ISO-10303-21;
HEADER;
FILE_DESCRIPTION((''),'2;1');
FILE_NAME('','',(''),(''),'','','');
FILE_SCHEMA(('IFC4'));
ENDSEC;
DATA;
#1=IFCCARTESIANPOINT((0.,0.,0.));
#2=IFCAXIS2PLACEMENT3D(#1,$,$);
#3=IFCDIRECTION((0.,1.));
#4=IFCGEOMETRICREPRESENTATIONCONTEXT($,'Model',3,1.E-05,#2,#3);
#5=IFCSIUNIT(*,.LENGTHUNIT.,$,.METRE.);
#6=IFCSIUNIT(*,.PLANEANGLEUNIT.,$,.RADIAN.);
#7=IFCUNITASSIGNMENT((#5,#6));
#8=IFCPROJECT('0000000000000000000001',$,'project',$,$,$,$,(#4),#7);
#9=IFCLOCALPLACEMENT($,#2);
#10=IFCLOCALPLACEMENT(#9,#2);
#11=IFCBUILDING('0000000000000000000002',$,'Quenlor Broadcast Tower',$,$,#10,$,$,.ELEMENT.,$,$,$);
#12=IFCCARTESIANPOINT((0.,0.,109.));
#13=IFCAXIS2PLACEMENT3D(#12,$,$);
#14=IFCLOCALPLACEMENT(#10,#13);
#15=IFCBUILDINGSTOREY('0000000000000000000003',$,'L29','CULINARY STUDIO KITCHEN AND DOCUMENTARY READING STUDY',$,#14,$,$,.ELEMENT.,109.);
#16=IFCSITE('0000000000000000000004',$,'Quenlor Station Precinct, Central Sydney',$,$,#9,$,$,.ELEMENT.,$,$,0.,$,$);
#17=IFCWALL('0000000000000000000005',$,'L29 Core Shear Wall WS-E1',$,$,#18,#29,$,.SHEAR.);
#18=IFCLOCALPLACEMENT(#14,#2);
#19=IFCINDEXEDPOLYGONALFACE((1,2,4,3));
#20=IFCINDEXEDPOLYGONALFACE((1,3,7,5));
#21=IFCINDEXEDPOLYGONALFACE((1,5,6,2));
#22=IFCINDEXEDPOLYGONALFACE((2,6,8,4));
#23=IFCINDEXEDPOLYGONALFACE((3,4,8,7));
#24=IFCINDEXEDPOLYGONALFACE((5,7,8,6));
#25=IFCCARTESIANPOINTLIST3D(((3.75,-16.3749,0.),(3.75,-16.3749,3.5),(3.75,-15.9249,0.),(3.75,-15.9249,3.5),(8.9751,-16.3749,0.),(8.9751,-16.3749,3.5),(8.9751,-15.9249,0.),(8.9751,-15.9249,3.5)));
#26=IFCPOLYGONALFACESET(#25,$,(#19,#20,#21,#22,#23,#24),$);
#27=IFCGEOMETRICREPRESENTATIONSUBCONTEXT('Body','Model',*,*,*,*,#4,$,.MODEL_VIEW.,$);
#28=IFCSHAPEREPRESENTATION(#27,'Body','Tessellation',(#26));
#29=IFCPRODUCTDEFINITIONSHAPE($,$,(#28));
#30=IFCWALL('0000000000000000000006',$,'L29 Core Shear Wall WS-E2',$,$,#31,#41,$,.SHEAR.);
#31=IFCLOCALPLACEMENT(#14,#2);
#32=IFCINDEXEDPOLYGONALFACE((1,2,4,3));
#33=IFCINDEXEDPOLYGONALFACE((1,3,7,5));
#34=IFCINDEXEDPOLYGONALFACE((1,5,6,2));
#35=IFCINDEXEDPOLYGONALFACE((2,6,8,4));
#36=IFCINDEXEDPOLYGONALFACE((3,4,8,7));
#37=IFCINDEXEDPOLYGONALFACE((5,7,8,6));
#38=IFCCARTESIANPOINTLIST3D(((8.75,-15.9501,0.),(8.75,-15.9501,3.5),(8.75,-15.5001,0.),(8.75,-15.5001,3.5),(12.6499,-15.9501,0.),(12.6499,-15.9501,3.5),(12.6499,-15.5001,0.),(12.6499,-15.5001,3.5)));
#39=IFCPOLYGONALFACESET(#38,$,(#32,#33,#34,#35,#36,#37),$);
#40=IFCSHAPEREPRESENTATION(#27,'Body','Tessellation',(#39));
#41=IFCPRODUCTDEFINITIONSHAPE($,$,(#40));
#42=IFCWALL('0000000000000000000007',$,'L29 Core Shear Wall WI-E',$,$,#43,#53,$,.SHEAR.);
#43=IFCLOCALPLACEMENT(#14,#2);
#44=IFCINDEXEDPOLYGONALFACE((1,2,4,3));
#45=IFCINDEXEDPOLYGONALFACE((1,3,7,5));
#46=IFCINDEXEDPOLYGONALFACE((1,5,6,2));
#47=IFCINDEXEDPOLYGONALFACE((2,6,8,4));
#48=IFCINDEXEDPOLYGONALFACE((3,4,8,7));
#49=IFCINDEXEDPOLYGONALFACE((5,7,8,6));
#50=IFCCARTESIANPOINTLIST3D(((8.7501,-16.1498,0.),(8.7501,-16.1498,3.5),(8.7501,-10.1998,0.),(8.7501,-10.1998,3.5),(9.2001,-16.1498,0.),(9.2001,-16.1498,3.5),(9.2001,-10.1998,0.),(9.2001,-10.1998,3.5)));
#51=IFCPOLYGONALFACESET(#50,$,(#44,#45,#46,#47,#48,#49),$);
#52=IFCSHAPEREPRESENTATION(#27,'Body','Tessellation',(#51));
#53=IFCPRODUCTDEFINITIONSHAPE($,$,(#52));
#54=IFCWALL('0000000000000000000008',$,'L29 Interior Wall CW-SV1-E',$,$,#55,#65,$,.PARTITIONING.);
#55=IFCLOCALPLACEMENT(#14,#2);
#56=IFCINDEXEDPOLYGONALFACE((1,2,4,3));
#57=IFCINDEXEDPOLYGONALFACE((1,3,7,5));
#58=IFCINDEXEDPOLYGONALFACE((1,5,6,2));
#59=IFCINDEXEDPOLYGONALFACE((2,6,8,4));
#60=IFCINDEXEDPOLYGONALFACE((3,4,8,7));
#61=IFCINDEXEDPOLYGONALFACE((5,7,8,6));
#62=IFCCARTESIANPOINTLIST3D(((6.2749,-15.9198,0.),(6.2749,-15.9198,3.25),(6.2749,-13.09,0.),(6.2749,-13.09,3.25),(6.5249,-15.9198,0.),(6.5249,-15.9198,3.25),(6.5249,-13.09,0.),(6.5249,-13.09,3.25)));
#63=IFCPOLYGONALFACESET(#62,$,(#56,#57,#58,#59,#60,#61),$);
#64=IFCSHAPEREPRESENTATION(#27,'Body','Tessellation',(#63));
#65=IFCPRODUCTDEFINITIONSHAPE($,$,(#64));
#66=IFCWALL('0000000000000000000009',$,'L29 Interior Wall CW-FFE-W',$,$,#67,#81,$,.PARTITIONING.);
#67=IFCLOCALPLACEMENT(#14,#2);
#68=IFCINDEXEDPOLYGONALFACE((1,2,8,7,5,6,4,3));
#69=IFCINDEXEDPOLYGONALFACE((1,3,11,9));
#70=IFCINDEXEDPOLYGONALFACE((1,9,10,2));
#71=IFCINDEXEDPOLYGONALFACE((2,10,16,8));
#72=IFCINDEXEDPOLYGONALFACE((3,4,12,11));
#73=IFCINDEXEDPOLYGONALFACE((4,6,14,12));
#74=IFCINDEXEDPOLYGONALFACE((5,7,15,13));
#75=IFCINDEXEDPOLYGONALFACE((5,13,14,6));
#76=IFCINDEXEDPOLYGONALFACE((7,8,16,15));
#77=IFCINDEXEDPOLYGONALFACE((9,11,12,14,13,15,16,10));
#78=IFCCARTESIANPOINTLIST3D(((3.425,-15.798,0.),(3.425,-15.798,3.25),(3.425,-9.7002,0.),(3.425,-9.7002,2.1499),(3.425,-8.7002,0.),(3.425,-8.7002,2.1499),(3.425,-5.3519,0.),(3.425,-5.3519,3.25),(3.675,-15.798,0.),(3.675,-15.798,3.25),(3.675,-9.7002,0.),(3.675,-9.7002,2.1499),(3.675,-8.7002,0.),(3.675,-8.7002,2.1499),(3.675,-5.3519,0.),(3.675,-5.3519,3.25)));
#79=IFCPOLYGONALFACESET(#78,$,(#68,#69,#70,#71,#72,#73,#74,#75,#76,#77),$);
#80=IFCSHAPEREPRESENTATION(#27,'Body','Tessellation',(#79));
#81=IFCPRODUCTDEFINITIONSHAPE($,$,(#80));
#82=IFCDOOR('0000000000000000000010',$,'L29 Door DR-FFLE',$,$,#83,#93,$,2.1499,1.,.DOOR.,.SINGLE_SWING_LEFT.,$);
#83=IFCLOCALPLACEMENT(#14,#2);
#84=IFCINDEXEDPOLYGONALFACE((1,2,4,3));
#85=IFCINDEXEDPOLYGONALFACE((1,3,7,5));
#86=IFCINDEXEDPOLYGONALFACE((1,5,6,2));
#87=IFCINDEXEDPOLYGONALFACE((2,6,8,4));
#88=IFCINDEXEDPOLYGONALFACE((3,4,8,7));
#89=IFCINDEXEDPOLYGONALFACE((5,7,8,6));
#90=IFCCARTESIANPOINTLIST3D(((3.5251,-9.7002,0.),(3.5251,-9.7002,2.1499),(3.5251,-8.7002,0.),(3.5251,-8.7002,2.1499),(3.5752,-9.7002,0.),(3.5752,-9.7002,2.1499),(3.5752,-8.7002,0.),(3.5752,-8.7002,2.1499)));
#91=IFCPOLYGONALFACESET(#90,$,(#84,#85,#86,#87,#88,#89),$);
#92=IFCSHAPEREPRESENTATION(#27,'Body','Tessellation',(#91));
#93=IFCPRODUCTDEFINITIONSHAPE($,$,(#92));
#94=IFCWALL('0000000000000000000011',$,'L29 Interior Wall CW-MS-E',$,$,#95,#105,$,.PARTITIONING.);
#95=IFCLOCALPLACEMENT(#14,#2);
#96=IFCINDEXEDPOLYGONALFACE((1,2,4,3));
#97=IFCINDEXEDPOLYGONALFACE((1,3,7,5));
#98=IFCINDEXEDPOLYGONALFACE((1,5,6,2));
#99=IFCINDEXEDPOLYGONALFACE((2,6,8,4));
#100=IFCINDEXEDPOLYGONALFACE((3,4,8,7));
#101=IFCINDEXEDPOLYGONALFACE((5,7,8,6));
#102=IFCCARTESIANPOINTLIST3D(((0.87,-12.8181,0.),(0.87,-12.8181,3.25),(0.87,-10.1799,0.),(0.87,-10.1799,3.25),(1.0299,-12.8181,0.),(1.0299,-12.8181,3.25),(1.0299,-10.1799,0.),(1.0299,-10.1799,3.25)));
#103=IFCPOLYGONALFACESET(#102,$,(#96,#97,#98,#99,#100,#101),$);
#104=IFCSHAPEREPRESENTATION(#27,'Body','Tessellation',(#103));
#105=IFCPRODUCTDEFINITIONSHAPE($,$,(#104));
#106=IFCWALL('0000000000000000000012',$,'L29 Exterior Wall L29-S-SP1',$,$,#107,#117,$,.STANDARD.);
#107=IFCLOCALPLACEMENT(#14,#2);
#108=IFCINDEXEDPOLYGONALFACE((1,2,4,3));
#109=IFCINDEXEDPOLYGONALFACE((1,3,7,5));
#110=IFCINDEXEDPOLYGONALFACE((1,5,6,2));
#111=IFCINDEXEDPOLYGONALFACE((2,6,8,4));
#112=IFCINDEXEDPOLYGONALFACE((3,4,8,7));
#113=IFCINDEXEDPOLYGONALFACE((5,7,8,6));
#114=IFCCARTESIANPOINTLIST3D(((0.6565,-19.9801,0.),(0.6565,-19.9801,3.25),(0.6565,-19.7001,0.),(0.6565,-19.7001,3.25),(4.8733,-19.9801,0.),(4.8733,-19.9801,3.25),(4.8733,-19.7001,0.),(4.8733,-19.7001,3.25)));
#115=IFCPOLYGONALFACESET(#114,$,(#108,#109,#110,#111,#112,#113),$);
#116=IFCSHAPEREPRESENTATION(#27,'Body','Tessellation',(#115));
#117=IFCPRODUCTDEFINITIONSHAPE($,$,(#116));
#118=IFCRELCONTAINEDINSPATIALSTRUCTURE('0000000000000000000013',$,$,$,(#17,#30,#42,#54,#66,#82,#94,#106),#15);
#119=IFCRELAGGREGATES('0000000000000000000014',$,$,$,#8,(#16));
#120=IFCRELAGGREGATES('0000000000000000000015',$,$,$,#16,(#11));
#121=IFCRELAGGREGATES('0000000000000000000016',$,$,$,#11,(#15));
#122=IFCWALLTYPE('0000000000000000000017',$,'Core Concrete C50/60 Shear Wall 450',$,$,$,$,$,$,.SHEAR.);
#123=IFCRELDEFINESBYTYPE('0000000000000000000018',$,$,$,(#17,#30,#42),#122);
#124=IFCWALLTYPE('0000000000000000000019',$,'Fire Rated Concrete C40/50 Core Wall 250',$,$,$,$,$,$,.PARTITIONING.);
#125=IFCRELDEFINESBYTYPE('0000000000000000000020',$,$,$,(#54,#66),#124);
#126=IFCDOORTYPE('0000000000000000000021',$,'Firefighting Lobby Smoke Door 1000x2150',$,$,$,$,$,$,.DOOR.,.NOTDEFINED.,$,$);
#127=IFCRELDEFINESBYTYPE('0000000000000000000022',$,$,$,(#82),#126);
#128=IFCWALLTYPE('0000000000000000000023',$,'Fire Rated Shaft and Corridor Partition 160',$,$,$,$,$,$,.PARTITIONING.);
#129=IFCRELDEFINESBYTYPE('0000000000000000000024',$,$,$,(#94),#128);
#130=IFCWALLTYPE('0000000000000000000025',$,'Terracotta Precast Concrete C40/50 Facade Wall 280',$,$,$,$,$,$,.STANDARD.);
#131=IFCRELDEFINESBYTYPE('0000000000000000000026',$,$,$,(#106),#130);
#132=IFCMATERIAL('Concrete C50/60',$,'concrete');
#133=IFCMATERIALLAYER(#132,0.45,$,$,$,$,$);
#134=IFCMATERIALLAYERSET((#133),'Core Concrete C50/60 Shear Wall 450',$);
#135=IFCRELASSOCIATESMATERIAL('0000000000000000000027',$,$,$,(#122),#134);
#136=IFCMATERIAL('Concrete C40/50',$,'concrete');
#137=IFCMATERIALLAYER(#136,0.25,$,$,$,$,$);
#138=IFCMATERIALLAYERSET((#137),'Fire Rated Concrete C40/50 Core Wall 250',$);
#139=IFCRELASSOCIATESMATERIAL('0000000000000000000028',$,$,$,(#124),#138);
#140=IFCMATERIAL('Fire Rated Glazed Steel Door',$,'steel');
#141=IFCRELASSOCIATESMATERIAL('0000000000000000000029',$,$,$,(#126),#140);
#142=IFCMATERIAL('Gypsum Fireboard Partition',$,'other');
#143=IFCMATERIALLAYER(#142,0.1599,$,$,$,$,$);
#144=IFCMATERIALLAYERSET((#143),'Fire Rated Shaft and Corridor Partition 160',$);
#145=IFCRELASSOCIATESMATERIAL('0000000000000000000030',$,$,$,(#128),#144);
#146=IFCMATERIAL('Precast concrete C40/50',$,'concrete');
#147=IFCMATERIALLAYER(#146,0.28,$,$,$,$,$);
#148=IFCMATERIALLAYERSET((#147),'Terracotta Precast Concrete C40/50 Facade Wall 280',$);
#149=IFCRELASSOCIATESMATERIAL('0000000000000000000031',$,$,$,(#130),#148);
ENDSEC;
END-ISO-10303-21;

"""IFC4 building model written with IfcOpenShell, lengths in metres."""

from ifc_helpers import new_model, si_unit, direction, frame, frame_2d, origin, place, context, subcontext, project, spatial, rectangle, extrude, material, layer, layer_set, type_object, element, fill, save


model = new_model("IFC4")

# Units and contexts
model_context = context("Model", 3, precision=1e-05, world=origin(), true_north=direction((0.0, 1.0)))
body_context = subcontext(model_context, "Body", "Model", "MODEL_VIEW")
ifc_project = project(units=[si_unit("LENGTHUNIT", "METRE"), si_unit("PLANEANGLEUNIT", "RADIAN")], contexts=[model_context])

# Site, building, storey
site_placement = place(None, origin())
site = spatial("IfcSite", under=ifc_project, at=site_placement, Name="Quenlor Station Precinct, Central Sydney", CompositionType="ELEMENT", RefElevation=0.0)
building_placement = place(site_placement, origin())
building = spatial("IfcBuilding", under=site, at=building_placement, Name="Quenlor Broadcast Tower", CompositionType="ELEMENT")
storey_placement = place(building_placement, frame((0.0, 0.0, 109.0)))
storey = spatial("IfcBuildingStorey", under=building, at=storey_placement, Name="L29", Description="CULINARY STUDIO KITCHEN AND DOCUMENTARY READING STUDY", CompositionType="ELEMENT", Elevation=109.0)

# Walls
ifc_material_1 = material(Name="Concrete C50/60", Category="concrete")
ifc_layer_1 = layer(ifc_material_1, 0.45)
ifc_layer_set_1 = layer_set([ifc_layer_1], Name="Core Concrete C50/60 Shear Wall 450")
wall_type_1 = type_object("IfcWallType", Name="Core Concrete C50/60 Shear Wall 450", PredefinedType="SHEAR", material=ifc_layer_set_1)
wall_1_placement = place(storey_placement, frame((3.75, -16.1499, 0.0), z_axis=(0.0, 0.0, 1.0), x_axis=(1.0, 0.0, 0.0)))
element("IfcWall", 1, at=wall_1_placement, inside=storey, type_object=wall_type_1, Name="L29 Core Shear Wall WS-E1", PredefinedType="SHEAR", context=body_context, shape_type="SweptSolid", body=[
    extrude(rectangle(XDim=5.2251, YDim=0.45, at=frame_2d((2.6125, 0.0))), origin(), (0.0, 0.0, 1.0), 3.5),
])
wall_2_placement = place(storey_placement, frame((8.75, -15.7251, 0.0), z_axis=(0.0, 0.0, 1.0), x_axis=(1.0, 0.0, 0.0)))
element("IfcWall", 2, at=wall_2_placement, inside=storey, type_object=wall_type_1, Name="L29 Core Shear Wall WS-E2", PredefinedType="SHEAR", context=body_context, shape_type="SweptSolid", body=[
    extrude(rectangle(XDim=3.8999, YDim=0.45, at=frame_2d((1.95, 0.0))), origin(), (0.0, 0.0, 1.0), 3.5),
])
wall_3_placement = place(storey_placement, frame((8.9751, -16.1499, 0.0), z_axis=(0.0, 0.0, 1.0), x_axis=(0.0, 1.0, 0.0)))
element("IfcWall", 3, at=wall_3_placement, inside=storey, type_object=wall_type_1, Name="L29 Core Shear Wall WI-E", PredefinedType="SHEAR", context=body_context, shape_type="SweptSolid", body=[
    extrude(rectangle(XDim=5.95, YDim=0.45, at=frame_2d((2.9751, 0.0))), origin(), (0.0, 0.0, 1.0), 3.5),
])

# Shared definitions
ifc_material_2 = material(Name="Concrete C40/50", Category="concrete")
ifc_layer_2 = layer(ifc_material_2, 0.25)
ifc_layer_set_2 = layer_set([ifc_layer_2], Name="Fire Rated Concrete C40/50 Core Wall 250")
wall_type_2 = type_object("IfcWallType", Name="Fire Rated Concrete C40/50 Core Wall 250", PredefinedType="PARTITIONING", material=ifc_layer_set_2)

# Wall
wall_4_placement = place(storey_placement, frame((6.3999, -15.9199, 0.0), z_axis=(0.0, 0.0, 1.0), x_axis=(0.0, 1.0, 0.0)))
element("IfcWall", 4, at=wall_4_placement, inside=storey, type_object=wall_type_2, Name="L29 Interior Wall CW-SV1-E", PredefinedType="PARTITIONING", context=body_context, shape_type="SweptSolid", body=[
    extrude(rectangle(XDim=2.8298, YDim=0.25, at=frame_2d((1.415, 0.0))), origin(), (0.0, 0.0, 1.0), 3.25),
])

# Wall, opening, door
wall_5_placement = place(storey_placement, frame((3.55, -15.7981, 0.0), z_axis=(0.0, 0.0, 1.0), x_axis=(0.0, 1.0, 0.0)))
wall_5 = element("IfcWall", 5, at=wall_5_placement, inside=storey, type_object=wall_type_2, Name="L29 Interior Wall CW-FFE-W", PredefinedType="PARTITIONING", context=body_context, shape_type="SweptSolid", body=[
    extrude(rectangle(XDim=10.446, YDim=0.25, at=frame_2d((5.2231, 0.0))), origin(), (0.0, 0.0, 1.0), 3.25),
])
opening_1_placement = place(wall_5_placement, frame((6.0979, 0.0, 0.0)))
opening_1 = element("IfcOpeningElement", 6, at=opening_1_placement, cuts=wall_5, PredefinedType="OPENING", context=body_context, shape_type="SweptSolid", body=[
    extrude(rectangle(XDim=1.0, YDim=2.1499, at=frame_2d((0.5, 1.075))), frame((0.0, 0.135, 0.0), z_axis=(0.0, -1.0, 0.0), x_axis=(1.0, 0.0, 0.0)), (0.0, 0.0, 1.0), 0.27),
])
ifc_material_3 = material(Name="Fire Rated Glazed Steel Door", Category="steel")
door_type_1 = type_object("IfcDoorType", Name="Firefighting Lobby Smoke Door 1000x2150", OperationType="NOTDEFINED", PredefinedType="DOOR", material=ifc_material_3)
door_1_placement = place(opening_1_placement, origin())
door_1 = element("IfcDoor", 7, at=door_1_placement, inside=storey, type_object=door_type_1, Name="L29 Door DR-FFLE", OperationType="SINGLE_SWING_LEFT", OverallHeight=2.1499, OverallWidth=1.0, PredefinedType="DOOR", context=body_context, shape_type="SweptSolid", body=[
    extrude(rectangle(XDim=1.0, YDim=2.1499, at=frame_2d((0.5, 1.075))), frame((0.0, 0.0249, 0.0), z_axis=(0.0, -1.0, 0.0), x_axis=(1.0, 0.0, 0.0)), (0.0, 0.0, 1.0), 0.05),
])
fill(opening_1, door_1)

# Wall
ifc_material_4 = material(Name="Gypsum Fireboard Partition", Category="other")
ifc_layer_3 = layer(ifc_material_4, 0.1599)
ifc_layer_set_3 = layer_set([ifc_layer_3], Name="Fire Rated Shaft and Corridor Partition 160")
wall_type_3 = type_object("IfcWallType", Name="Fire Rated Shaft and Corridor Partition 160", PredefinedType="PARTITIONING", material=ifc_layer_set_3)
wall_6_placement = place(storey_placement, frame((0.95, -12.8181, 0.0), z_axis=(0.0, 0.0, 1.0), x_axis=(0.0, 1.0, 0.0)))
element("IfcWall", 8, at=wall_6_placement, inside=storey, type_object=wall_type_3, Name="L29 Interior Wall CW-MS-E", PredefinedType="PARTITIONING", context=body_context, shape_type="SweptSolid", body=[
    extrude(rectangle(XDim=2.6382, YDim=0.1599, at=frame_2d((1.3191, 0.0))), origin(), (0.0, 0.0, 1.0), 3.25),
])

# Wall
ifc_material_5 = material(Name="Precast concrete C40/50", Category="concrete")
ifc_layer_4 = layer(ifc_material_5, 0.28)
ifc_layer_set_4 = layer_set([ifc_layer_4], Name="Terracotta Precast Concrete C40/50 Facade Wall 280")
wall_type_4 = type_object("IfcWallType", Name="Terracotta Precast Concrete C40/50 Facade Wall 280", PredefinedType="STANDARD", material=ifc_layer_set_4)
wall_7_placement = place(storey_placement, frame((4.8733, -19.8401, 0.0), z_axis=(0.0, 0.0, 1.0), x_axis=(-1.0, 0.0, 0.0)))
element("IfcWall", 9, at=wall_7_placement, inside=storey, type_object=wall_type_4, Name="L29 Exterior Wall L29-S-SP1", PredefinedType="STANDARD", context=body_context, shape_type="SweptSolid", body=[
    extrude(rectangle(XDim=4.2168, YDim=0.28, at=frame_2d((2.1084, 0.0))), origin(), (0.0, 0.0, 1.0), 3.25),
])

save(model, "model.ifc")
